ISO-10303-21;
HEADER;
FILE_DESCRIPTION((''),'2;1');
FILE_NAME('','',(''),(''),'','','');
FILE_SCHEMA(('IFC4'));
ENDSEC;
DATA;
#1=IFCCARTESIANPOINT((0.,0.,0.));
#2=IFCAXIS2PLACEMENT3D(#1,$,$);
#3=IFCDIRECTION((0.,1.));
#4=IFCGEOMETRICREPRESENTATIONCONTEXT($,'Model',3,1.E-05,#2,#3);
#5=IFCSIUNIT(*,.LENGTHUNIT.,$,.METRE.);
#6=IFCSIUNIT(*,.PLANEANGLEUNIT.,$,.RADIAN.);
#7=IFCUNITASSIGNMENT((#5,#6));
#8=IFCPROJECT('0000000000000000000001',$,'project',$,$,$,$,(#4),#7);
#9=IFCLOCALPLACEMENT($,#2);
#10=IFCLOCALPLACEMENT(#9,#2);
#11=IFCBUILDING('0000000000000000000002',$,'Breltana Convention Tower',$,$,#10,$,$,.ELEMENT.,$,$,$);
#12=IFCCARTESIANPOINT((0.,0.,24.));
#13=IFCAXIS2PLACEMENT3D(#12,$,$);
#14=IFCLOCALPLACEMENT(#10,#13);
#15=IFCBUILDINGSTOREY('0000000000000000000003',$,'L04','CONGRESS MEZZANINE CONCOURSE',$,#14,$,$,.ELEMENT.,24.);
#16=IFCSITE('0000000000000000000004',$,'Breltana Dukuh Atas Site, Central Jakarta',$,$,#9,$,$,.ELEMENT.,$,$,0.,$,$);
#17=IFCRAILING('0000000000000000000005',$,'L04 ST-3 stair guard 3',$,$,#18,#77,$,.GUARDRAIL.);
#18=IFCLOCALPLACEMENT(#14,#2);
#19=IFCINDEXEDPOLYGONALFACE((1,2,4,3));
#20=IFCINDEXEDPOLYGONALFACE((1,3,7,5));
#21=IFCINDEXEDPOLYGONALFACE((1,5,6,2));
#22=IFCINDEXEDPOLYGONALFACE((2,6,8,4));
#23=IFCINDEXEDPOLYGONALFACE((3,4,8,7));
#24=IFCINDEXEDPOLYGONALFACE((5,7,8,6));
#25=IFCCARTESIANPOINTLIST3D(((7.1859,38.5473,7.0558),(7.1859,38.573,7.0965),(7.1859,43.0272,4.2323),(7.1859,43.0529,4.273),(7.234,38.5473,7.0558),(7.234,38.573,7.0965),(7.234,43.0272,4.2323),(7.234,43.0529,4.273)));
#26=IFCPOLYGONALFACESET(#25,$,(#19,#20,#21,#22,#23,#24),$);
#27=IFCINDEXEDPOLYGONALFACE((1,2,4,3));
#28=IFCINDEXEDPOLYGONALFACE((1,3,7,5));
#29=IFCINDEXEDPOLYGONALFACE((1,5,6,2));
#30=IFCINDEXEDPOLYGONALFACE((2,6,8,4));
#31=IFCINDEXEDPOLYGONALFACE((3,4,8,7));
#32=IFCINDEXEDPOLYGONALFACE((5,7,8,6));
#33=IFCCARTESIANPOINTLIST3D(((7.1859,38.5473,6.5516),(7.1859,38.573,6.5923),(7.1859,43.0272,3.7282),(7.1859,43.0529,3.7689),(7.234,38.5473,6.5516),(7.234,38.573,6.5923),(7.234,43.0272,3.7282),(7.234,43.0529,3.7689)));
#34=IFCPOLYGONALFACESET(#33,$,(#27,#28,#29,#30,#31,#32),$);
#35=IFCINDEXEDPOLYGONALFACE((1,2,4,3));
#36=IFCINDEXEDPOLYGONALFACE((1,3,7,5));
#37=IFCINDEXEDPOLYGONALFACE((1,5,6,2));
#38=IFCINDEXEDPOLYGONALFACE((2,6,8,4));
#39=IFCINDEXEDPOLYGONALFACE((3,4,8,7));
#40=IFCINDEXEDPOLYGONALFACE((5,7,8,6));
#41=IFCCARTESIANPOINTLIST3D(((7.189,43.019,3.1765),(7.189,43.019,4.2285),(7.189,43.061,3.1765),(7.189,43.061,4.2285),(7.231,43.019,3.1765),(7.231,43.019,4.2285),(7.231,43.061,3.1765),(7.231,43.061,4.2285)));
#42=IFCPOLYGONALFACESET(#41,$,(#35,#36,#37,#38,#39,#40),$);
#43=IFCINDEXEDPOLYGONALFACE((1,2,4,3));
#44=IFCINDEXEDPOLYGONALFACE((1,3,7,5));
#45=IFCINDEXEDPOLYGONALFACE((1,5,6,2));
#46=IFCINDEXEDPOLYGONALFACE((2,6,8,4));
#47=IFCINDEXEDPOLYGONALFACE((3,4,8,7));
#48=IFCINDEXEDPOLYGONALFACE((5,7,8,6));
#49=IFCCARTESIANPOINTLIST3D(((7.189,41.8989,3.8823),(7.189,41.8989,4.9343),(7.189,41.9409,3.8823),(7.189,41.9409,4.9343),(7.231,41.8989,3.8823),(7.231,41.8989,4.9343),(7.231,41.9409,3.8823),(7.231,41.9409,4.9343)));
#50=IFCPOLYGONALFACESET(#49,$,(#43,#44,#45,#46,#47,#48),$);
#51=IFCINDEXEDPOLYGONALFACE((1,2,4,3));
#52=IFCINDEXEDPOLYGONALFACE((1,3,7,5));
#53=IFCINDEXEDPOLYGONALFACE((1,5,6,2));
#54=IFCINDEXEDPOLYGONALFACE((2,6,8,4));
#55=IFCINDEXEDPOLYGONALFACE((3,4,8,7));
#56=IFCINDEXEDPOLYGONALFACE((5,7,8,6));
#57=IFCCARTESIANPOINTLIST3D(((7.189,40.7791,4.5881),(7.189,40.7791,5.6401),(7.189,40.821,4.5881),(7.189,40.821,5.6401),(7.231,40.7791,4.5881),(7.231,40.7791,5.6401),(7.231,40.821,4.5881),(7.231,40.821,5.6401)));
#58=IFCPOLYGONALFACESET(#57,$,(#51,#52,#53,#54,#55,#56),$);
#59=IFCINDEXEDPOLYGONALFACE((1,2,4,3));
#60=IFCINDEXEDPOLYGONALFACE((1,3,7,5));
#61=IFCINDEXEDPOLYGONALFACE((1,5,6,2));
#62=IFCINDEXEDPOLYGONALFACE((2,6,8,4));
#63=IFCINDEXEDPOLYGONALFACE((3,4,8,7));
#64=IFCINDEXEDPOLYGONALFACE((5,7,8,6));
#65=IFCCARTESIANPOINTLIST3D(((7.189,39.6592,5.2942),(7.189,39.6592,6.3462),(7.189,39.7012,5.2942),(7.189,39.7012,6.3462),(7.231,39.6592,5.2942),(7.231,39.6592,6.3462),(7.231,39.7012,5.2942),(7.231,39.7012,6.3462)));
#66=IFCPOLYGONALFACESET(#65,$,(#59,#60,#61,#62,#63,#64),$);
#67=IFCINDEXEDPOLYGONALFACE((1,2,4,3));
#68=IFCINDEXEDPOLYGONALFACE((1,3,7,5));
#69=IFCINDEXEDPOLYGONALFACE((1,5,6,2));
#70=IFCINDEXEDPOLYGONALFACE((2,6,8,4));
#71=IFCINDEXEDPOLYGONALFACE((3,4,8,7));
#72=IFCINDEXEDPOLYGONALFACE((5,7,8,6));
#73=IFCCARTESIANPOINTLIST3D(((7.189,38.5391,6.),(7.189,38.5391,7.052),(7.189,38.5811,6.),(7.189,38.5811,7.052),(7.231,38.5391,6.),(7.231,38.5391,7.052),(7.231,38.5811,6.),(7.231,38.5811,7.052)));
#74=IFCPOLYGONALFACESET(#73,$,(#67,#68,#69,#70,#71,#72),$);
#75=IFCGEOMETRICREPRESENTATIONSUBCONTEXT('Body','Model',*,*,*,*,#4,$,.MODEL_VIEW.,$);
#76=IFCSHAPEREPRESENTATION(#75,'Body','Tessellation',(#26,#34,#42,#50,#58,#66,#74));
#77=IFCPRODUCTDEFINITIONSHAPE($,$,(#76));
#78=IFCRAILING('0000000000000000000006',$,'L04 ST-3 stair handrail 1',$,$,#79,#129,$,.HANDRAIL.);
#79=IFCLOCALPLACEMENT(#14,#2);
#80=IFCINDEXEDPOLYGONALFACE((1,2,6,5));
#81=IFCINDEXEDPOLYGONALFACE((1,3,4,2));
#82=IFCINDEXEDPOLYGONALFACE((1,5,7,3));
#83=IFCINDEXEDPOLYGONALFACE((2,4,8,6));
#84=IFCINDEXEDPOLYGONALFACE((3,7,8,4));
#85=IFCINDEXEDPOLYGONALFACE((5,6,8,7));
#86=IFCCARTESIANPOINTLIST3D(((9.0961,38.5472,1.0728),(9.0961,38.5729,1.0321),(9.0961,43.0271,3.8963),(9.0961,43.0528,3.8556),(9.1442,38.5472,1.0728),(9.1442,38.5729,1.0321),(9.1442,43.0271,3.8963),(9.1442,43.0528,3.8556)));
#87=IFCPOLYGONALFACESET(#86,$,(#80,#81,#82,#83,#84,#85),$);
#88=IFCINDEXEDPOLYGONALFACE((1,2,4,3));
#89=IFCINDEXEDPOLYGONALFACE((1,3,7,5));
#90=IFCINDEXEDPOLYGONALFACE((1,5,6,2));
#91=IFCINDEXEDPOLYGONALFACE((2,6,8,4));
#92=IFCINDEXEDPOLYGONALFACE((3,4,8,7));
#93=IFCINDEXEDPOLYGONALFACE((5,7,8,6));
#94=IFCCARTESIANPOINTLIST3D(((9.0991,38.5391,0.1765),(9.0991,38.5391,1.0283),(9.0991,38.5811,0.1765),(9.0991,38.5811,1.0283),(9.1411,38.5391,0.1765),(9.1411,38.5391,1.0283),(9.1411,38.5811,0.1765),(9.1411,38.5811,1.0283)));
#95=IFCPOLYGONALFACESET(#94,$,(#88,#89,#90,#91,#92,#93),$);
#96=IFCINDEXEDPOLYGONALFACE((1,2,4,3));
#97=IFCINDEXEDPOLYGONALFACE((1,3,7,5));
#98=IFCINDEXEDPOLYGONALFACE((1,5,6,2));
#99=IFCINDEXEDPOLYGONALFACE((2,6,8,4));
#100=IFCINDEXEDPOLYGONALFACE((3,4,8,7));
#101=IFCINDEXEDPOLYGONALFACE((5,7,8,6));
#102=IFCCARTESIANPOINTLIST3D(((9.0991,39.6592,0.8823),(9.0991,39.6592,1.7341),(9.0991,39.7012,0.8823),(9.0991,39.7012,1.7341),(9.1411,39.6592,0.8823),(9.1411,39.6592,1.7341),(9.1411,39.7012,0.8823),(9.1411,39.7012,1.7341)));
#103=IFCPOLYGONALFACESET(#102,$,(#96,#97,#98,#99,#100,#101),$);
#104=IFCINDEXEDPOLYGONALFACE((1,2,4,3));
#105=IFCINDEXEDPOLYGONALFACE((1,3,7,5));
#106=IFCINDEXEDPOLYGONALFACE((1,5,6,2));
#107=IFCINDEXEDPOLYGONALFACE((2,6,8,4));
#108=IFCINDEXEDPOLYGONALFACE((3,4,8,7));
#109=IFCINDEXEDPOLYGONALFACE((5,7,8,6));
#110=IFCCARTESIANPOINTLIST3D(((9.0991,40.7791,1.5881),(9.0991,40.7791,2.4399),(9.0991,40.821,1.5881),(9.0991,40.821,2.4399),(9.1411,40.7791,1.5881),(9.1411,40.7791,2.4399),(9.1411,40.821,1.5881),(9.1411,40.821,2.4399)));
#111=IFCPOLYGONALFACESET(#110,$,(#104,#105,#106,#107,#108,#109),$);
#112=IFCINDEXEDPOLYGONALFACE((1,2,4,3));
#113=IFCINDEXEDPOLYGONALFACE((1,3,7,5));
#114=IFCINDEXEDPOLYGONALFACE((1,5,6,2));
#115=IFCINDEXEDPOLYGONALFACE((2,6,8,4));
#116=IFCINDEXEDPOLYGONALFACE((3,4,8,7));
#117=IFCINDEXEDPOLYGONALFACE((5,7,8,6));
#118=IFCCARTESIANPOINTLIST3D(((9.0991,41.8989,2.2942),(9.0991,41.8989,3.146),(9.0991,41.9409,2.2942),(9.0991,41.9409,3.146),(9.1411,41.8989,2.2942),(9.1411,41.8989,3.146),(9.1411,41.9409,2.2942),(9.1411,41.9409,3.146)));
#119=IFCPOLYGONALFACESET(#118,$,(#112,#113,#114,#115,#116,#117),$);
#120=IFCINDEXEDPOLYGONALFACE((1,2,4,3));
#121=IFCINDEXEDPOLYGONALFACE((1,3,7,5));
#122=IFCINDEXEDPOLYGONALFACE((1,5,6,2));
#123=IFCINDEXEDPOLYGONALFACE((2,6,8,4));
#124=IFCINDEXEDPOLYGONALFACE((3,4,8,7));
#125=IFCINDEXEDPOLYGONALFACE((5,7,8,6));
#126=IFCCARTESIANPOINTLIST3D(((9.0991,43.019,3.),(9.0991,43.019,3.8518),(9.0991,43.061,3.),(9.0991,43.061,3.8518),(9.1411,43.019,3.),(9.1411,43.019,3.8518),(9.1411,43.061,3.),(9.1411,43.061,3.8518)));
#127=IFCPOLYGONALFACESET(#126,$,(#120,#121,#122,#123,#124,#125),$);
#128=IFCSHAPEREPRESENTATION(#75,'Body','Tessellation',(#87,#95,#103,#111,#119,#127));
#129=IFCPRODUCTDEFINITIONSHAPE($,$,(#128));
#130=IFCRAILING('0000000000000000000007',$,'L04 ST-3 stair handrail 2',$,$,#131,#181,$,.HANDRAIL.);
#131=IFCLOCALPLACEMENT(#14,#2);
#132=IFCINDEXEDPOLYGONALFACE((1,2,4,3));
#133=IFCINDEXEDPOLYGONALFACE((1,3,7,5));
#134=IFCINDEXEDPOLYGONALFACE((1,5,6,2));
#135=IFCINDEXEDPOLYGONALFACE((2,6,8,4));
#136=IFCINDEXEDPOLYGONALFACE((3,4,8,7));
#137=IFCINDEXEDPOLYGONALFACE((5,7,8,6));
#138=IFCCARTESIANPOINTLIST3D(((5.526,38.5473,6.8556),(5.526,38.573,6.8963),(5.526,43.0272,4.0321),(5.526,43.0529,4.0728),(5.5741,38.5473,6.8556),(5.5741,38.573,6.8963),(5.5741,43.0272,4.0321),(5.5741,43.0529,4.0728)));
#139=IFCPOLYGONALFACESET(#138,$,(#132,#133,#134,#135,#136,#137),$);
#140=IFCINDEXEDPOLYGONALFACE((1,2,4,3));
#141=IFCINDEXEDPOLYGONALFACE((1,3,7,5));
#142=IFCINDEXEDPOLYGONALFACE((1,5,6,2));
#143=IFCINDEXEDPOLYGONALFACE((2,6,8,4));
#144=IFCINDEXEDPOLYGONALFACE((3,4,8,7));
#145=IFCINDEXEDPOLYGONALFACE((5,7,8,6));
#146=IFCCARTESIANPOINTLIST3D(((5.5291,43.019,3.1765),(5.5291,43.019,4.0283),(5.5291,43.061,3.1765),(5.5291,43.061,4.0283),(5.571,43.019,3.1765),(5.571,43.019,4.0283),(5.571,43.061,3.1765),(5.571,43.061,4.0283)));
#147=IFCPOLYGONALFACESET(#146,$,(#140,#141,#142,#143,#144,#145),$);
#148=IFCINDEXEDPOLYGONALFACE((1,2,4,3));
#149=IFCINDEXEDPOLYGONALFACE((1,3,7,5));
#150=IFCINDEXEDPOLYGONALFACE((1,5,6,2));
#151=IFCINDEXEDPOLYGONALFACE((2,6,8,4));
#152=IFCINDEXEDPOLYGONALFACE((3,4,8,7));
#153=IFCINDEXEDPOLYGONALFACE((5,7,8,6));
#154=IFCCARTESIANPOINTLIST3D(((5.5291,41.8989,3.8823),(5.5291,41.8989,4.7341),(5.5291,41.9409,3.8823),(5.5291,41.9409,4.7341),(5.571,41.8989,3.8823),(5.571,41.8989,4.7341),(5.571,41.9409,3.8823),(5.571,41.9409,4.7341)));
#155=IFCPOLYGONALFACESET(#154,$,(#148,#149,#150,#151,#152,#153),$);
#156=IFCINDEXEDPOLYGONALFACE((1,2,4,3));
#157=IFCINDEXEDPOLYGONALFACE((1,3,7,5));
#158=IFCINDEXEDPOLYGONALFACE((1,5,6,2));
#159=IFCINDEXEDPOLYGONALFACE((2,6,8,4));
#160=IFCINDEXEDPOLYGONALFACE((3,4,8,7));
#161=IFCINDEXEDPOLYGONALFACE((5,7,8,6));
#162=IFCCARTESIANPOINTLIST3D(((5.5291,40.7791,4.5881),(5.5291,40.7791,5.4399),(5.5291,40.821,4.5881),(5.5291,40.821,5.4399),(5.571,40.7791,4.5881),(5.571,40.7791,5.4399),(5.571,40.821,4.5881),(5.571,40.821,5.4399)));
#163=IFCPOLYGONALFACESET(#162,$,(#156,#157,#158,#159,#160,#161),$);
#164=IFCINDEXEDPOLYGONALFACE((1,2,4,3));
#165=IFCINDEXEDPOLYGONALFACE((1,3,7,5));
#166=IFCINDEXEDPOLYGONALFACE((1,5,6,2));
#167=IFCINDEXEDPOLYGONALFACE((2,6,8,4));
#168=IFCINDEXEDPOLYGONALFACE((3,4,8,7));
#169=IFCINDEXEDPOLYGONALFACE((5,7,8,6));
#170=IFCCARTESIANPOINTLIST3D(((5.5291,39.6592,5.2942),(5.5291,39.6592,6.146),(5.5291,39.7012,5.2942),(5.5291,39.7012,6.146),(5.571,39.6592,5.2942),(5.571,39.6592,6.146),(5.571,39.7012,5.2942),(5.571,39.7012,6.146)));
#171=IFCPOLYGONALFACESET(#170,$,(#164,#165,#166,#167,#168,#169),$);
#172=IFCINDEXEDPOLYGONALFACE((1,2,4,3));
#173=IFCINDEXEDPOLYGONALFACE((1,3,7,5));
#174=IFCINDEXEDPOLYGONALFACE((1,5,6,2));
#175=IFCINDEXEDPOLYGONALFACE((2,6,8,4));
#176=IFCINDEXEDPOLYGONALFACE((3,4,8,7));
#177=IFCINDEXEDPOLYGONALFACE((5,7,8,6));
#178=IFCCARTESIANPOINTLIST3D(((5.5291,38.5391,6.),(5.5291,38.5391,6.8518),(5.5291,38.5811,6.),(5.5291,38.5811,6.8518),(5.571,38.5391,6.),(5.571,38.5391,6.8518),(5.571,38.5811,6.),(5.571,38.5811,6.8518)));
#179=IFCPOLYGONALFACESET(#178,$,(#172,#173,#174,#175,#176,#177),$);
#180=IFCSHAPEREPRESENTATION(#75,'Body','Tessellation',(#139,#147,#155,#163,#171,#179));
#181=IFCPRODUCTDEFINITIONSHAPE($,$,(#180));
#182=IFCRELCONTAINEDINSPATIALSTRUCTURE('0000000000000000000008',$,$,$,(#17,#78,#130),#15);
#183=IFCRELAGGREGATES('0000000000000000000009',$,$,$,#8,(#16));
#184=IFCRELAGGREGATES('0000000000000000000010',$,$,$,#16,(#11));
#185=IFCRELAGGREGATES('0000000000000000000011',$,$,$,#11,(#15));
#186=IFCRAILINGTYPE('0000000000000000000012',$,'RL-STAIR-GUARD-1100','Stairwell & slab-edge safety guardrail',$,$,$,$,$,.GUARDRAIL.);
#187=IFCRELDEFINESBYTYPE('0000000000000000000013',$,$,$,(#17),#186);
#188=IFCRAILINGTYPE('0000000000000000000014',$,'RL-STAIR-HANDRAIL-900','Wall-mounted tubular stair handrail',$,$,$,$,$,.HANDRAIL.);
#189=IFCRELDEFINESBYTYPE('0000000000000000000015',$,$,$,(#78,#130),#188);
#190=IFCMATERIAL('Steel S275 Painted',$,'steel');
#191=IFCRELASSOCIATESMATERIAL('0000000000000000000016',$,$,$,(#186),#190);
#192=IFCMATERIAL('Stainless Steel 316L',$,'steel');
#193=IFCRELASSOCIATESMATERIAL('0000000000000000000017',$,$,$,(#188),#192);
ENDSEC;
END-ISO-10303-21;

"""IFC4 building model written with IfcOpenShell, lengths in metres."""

from ifc_helpers import new_model, si_unit, direction, frame, origin, origin_2d, place, context, subcontext, project, spatial, rectangle, extrude, material, type_object, element, save


model = new_model("IFC4")

# Units and contexts
model_context = context("Model", 3, precision=1e-05, world=origin(), true_north=direction((0.0, 1.0)))
body_context = subcontext(model_context, "Body", "Model", "MODEL_VIEW")
ifc_project = project(units=[si_unit("LENGTHUNIT", "METRE"), si_unit("PLANEANGLEUNIT", "RADIAN")], contexts=[model_context])

# Site, building, storey
site_placement = place(None, origin())
site = spatial("IfcSite", under=ifc_project, at=site_placement, Name="Breltana Dukuh Atas Site, Central Jakarta", CompositionType="ELEMENT", RefElevation=0.0)
building_placement = place(site_placement, origin())
building = spatial("IfcBuilding", under=site, at=building_placement, Name="Breltana Convention Tower", CompositionType="ELEMENT")
storey_placement = place(building_placement, frame((0.0, 0.0, 24.0)))
storey = spatial("IfcBuildingStorey", under=building, at=storey_placement, Name="L04", Description="CONGRESS MEZZANINE CONCOURSE", CompositionType="ELEMENT", Elevation=24.0)

# Railings
ifc_material_1 = material(Name="Steel S275 Painted", Category="steel")
railing_type_1 = type_object("IfcRailingType", Name="RL-STAIR-GUARD-1100", Description="Stairwell & slab-edge safety guardrail", PredefinedType="GUARDRAIL", material=ifc_material_1)
railing_1_placement = place(storey_placement, frame((7.21, 43.04, 3.1765)))
element("IfcRailing", 1, at=railing_1_placement, inside=storey, type_object=railing_type_1, Name="L04 ST-3 stair guard 3", PredefinedType="GUARDRAIL", context=body_context, shape_type="SweptSolid", body=[
    extrude(rectangle(XDim=0.0481, YDim=0.0481, at=origin_2d()), frame((0.0, 0.0, 1.0762), z_axis=(0.0, -0.845998, 0.533186), x_axis=(1.0, 0.0, 0.0)), (0.0, 0.0, 1.0), 5.2954),
    extrude(rectangle(XDim=0.0481, YDim=0.0481, at=origin_2d()), frame((0.0, 0.0, 0.572), z_axis=(0.0, -0.845998, 0.533186), x_axis=(1.0, 0.0, 0.0)), (0.0, 0.0, 1.0), 5.2954),
    extrude(rectangle(XDim=0.042, YDim=0.042, at=origin_2d()), origin(), (0.0, 0.0, 1.0), 1.052),
    extrude(rectangle(XDim=0.042, YDim=0.042, at=origin_2d()), frame((0.0, -1.1201, 0.7058)), (0.0, 0.0, 1.0), 1.052),
    extrude(rectangle(XDim=0.042, YDim=0.042, at=origin_2d()), frame((0.0, -2.24, 1.4116)), (0.0, 0.0, 1.0), 1.052),
    extrude(rectangle(XDim=0.042, YDim=0.042, at=origin_2d()), frame((0.0, -3.3599, 2.1177)), (0.0, 0.0, 1.0), 1.052),
    extrude(rectangle(XDim=0.042, YDim=0.042, at=origin_2d()), frame((0.0, -4.48, 2.8235)), (0.0, 0.0, 1.0), 1.052),
])
ifc_material_2 = material(Name="Stainless Steel 316L", Category="steel")
railing_type_2 = type_object("IfcRailingType", Name="RL-STAIR-HANDRAIL-900", Description="Wall-mounted tubular stair handrail", PredefinedType="HANDRAIL", material=ifc_material_2)
railing_2_placement = place(storey_placement, frame((9.1201, 38.5601, 0.1765)))
element("IfcRailing", 2, at=railing_2_placement, inside=storey, type_object=railing_type_2, Name="L04 ST-3 stair handrail 1", PredefinedType="HANDRAIL", context=body_context, shape_type="SweptSolid", body=[
    extrude(rectangle(XDim=0.0481, YDim=0.0481, at=origin_2d()), frame((0.0, 0.0, 0.876), z_axis=(0.0, 0.845998, 0.533186), x_axis=(-1.0, 0.0, 0.0)), (0.0, 0.0, 1.0), 5.2954),
    extrude(rectangle(XDim=0.042, YDim=0.042, at=origin_2d()), origin(), (0.0, 0.0, 1.0), 0.8518),
    extrude(rectangle(XDim=0.042, YDim=0.042, at=origin_2d()), frame((0.0, 1.1201, 0.7058)), (0.0, 0.0, 1.0), 0.8518),
    extrude(rectangle(XDim=0.042, YDim=0.042, at=origin_2d()), frame((0.0, 2.24, 1.4116)), (0.0, 0.0, 1.0), 0.8518),
    extrude(rectangle(XDim=0.042, YDim=0.042, at=origin_2d()), frame((0.0, 3.3599, 2.1177)), (0.0, 0.0, 1.0), 0.8518),
    extrude(rectangle(XDim=0.042, YDim=0.042, at=origin_2d()), frame((0.0, 4.48, 2.8235)), (0.0, 0.0, 1.0), 0.8518),
])
railing_3_placement = place(storey_placement, frame((5.55, 43.04, 3.1765)))
element("IfcRailing", 3, at=railing_3_placement, inside=storey, type_object=railing_type_2, Name="L04 ST-3 stair handrail 2", PredefinedType="HANDRAIL", context=body_context, shape_type="SweptSolid", body=[
    extrude(rectangle(XDim=0.0481, YDim=0.0481, at=origin_2d()), frame((0.0, 0.0, 0.876), z_axis=(0.0, -0.845998, 0.533186), x_axis=(1.0, 0.0, 0.0)), (0.0, 0.0, 1.0), 5.2954),
    extrude(rectangle(XDim=0.042, YDim=0.042, at=origin_2d()), origin(), (0.0, 0.0, 1.0), 0.8518),
    extrude(rectangle(XDim=0.042, YDim=0.042, at=origin_2d()), frame((0.0, -1.1201, 0.7058)), (0.0, 0.0, 1.0), 0.8518),
    extrude(rectangle(XDim=0.042, YDim=0.042, at=origin_2d()), frame((0.0, -2.24, 1.4116)), (0.0, 0.0, 1.0), 0.8518),
    extrude(rectangle(XDim=0.042, YDim=0.042, at=origin_2d()), frame((0.0, -3.3599, 2.1177)), (0.0, 0.0, 1.0), 0.8518),
    extrude(rectangle(XDim=0.042, YDim=0.042, at=origin_2d()), frame((0.0, -4.48, 2.8235)), (0.0, 0.0, 1.0), 0.8518),
])

save(model, "model.ifc")
